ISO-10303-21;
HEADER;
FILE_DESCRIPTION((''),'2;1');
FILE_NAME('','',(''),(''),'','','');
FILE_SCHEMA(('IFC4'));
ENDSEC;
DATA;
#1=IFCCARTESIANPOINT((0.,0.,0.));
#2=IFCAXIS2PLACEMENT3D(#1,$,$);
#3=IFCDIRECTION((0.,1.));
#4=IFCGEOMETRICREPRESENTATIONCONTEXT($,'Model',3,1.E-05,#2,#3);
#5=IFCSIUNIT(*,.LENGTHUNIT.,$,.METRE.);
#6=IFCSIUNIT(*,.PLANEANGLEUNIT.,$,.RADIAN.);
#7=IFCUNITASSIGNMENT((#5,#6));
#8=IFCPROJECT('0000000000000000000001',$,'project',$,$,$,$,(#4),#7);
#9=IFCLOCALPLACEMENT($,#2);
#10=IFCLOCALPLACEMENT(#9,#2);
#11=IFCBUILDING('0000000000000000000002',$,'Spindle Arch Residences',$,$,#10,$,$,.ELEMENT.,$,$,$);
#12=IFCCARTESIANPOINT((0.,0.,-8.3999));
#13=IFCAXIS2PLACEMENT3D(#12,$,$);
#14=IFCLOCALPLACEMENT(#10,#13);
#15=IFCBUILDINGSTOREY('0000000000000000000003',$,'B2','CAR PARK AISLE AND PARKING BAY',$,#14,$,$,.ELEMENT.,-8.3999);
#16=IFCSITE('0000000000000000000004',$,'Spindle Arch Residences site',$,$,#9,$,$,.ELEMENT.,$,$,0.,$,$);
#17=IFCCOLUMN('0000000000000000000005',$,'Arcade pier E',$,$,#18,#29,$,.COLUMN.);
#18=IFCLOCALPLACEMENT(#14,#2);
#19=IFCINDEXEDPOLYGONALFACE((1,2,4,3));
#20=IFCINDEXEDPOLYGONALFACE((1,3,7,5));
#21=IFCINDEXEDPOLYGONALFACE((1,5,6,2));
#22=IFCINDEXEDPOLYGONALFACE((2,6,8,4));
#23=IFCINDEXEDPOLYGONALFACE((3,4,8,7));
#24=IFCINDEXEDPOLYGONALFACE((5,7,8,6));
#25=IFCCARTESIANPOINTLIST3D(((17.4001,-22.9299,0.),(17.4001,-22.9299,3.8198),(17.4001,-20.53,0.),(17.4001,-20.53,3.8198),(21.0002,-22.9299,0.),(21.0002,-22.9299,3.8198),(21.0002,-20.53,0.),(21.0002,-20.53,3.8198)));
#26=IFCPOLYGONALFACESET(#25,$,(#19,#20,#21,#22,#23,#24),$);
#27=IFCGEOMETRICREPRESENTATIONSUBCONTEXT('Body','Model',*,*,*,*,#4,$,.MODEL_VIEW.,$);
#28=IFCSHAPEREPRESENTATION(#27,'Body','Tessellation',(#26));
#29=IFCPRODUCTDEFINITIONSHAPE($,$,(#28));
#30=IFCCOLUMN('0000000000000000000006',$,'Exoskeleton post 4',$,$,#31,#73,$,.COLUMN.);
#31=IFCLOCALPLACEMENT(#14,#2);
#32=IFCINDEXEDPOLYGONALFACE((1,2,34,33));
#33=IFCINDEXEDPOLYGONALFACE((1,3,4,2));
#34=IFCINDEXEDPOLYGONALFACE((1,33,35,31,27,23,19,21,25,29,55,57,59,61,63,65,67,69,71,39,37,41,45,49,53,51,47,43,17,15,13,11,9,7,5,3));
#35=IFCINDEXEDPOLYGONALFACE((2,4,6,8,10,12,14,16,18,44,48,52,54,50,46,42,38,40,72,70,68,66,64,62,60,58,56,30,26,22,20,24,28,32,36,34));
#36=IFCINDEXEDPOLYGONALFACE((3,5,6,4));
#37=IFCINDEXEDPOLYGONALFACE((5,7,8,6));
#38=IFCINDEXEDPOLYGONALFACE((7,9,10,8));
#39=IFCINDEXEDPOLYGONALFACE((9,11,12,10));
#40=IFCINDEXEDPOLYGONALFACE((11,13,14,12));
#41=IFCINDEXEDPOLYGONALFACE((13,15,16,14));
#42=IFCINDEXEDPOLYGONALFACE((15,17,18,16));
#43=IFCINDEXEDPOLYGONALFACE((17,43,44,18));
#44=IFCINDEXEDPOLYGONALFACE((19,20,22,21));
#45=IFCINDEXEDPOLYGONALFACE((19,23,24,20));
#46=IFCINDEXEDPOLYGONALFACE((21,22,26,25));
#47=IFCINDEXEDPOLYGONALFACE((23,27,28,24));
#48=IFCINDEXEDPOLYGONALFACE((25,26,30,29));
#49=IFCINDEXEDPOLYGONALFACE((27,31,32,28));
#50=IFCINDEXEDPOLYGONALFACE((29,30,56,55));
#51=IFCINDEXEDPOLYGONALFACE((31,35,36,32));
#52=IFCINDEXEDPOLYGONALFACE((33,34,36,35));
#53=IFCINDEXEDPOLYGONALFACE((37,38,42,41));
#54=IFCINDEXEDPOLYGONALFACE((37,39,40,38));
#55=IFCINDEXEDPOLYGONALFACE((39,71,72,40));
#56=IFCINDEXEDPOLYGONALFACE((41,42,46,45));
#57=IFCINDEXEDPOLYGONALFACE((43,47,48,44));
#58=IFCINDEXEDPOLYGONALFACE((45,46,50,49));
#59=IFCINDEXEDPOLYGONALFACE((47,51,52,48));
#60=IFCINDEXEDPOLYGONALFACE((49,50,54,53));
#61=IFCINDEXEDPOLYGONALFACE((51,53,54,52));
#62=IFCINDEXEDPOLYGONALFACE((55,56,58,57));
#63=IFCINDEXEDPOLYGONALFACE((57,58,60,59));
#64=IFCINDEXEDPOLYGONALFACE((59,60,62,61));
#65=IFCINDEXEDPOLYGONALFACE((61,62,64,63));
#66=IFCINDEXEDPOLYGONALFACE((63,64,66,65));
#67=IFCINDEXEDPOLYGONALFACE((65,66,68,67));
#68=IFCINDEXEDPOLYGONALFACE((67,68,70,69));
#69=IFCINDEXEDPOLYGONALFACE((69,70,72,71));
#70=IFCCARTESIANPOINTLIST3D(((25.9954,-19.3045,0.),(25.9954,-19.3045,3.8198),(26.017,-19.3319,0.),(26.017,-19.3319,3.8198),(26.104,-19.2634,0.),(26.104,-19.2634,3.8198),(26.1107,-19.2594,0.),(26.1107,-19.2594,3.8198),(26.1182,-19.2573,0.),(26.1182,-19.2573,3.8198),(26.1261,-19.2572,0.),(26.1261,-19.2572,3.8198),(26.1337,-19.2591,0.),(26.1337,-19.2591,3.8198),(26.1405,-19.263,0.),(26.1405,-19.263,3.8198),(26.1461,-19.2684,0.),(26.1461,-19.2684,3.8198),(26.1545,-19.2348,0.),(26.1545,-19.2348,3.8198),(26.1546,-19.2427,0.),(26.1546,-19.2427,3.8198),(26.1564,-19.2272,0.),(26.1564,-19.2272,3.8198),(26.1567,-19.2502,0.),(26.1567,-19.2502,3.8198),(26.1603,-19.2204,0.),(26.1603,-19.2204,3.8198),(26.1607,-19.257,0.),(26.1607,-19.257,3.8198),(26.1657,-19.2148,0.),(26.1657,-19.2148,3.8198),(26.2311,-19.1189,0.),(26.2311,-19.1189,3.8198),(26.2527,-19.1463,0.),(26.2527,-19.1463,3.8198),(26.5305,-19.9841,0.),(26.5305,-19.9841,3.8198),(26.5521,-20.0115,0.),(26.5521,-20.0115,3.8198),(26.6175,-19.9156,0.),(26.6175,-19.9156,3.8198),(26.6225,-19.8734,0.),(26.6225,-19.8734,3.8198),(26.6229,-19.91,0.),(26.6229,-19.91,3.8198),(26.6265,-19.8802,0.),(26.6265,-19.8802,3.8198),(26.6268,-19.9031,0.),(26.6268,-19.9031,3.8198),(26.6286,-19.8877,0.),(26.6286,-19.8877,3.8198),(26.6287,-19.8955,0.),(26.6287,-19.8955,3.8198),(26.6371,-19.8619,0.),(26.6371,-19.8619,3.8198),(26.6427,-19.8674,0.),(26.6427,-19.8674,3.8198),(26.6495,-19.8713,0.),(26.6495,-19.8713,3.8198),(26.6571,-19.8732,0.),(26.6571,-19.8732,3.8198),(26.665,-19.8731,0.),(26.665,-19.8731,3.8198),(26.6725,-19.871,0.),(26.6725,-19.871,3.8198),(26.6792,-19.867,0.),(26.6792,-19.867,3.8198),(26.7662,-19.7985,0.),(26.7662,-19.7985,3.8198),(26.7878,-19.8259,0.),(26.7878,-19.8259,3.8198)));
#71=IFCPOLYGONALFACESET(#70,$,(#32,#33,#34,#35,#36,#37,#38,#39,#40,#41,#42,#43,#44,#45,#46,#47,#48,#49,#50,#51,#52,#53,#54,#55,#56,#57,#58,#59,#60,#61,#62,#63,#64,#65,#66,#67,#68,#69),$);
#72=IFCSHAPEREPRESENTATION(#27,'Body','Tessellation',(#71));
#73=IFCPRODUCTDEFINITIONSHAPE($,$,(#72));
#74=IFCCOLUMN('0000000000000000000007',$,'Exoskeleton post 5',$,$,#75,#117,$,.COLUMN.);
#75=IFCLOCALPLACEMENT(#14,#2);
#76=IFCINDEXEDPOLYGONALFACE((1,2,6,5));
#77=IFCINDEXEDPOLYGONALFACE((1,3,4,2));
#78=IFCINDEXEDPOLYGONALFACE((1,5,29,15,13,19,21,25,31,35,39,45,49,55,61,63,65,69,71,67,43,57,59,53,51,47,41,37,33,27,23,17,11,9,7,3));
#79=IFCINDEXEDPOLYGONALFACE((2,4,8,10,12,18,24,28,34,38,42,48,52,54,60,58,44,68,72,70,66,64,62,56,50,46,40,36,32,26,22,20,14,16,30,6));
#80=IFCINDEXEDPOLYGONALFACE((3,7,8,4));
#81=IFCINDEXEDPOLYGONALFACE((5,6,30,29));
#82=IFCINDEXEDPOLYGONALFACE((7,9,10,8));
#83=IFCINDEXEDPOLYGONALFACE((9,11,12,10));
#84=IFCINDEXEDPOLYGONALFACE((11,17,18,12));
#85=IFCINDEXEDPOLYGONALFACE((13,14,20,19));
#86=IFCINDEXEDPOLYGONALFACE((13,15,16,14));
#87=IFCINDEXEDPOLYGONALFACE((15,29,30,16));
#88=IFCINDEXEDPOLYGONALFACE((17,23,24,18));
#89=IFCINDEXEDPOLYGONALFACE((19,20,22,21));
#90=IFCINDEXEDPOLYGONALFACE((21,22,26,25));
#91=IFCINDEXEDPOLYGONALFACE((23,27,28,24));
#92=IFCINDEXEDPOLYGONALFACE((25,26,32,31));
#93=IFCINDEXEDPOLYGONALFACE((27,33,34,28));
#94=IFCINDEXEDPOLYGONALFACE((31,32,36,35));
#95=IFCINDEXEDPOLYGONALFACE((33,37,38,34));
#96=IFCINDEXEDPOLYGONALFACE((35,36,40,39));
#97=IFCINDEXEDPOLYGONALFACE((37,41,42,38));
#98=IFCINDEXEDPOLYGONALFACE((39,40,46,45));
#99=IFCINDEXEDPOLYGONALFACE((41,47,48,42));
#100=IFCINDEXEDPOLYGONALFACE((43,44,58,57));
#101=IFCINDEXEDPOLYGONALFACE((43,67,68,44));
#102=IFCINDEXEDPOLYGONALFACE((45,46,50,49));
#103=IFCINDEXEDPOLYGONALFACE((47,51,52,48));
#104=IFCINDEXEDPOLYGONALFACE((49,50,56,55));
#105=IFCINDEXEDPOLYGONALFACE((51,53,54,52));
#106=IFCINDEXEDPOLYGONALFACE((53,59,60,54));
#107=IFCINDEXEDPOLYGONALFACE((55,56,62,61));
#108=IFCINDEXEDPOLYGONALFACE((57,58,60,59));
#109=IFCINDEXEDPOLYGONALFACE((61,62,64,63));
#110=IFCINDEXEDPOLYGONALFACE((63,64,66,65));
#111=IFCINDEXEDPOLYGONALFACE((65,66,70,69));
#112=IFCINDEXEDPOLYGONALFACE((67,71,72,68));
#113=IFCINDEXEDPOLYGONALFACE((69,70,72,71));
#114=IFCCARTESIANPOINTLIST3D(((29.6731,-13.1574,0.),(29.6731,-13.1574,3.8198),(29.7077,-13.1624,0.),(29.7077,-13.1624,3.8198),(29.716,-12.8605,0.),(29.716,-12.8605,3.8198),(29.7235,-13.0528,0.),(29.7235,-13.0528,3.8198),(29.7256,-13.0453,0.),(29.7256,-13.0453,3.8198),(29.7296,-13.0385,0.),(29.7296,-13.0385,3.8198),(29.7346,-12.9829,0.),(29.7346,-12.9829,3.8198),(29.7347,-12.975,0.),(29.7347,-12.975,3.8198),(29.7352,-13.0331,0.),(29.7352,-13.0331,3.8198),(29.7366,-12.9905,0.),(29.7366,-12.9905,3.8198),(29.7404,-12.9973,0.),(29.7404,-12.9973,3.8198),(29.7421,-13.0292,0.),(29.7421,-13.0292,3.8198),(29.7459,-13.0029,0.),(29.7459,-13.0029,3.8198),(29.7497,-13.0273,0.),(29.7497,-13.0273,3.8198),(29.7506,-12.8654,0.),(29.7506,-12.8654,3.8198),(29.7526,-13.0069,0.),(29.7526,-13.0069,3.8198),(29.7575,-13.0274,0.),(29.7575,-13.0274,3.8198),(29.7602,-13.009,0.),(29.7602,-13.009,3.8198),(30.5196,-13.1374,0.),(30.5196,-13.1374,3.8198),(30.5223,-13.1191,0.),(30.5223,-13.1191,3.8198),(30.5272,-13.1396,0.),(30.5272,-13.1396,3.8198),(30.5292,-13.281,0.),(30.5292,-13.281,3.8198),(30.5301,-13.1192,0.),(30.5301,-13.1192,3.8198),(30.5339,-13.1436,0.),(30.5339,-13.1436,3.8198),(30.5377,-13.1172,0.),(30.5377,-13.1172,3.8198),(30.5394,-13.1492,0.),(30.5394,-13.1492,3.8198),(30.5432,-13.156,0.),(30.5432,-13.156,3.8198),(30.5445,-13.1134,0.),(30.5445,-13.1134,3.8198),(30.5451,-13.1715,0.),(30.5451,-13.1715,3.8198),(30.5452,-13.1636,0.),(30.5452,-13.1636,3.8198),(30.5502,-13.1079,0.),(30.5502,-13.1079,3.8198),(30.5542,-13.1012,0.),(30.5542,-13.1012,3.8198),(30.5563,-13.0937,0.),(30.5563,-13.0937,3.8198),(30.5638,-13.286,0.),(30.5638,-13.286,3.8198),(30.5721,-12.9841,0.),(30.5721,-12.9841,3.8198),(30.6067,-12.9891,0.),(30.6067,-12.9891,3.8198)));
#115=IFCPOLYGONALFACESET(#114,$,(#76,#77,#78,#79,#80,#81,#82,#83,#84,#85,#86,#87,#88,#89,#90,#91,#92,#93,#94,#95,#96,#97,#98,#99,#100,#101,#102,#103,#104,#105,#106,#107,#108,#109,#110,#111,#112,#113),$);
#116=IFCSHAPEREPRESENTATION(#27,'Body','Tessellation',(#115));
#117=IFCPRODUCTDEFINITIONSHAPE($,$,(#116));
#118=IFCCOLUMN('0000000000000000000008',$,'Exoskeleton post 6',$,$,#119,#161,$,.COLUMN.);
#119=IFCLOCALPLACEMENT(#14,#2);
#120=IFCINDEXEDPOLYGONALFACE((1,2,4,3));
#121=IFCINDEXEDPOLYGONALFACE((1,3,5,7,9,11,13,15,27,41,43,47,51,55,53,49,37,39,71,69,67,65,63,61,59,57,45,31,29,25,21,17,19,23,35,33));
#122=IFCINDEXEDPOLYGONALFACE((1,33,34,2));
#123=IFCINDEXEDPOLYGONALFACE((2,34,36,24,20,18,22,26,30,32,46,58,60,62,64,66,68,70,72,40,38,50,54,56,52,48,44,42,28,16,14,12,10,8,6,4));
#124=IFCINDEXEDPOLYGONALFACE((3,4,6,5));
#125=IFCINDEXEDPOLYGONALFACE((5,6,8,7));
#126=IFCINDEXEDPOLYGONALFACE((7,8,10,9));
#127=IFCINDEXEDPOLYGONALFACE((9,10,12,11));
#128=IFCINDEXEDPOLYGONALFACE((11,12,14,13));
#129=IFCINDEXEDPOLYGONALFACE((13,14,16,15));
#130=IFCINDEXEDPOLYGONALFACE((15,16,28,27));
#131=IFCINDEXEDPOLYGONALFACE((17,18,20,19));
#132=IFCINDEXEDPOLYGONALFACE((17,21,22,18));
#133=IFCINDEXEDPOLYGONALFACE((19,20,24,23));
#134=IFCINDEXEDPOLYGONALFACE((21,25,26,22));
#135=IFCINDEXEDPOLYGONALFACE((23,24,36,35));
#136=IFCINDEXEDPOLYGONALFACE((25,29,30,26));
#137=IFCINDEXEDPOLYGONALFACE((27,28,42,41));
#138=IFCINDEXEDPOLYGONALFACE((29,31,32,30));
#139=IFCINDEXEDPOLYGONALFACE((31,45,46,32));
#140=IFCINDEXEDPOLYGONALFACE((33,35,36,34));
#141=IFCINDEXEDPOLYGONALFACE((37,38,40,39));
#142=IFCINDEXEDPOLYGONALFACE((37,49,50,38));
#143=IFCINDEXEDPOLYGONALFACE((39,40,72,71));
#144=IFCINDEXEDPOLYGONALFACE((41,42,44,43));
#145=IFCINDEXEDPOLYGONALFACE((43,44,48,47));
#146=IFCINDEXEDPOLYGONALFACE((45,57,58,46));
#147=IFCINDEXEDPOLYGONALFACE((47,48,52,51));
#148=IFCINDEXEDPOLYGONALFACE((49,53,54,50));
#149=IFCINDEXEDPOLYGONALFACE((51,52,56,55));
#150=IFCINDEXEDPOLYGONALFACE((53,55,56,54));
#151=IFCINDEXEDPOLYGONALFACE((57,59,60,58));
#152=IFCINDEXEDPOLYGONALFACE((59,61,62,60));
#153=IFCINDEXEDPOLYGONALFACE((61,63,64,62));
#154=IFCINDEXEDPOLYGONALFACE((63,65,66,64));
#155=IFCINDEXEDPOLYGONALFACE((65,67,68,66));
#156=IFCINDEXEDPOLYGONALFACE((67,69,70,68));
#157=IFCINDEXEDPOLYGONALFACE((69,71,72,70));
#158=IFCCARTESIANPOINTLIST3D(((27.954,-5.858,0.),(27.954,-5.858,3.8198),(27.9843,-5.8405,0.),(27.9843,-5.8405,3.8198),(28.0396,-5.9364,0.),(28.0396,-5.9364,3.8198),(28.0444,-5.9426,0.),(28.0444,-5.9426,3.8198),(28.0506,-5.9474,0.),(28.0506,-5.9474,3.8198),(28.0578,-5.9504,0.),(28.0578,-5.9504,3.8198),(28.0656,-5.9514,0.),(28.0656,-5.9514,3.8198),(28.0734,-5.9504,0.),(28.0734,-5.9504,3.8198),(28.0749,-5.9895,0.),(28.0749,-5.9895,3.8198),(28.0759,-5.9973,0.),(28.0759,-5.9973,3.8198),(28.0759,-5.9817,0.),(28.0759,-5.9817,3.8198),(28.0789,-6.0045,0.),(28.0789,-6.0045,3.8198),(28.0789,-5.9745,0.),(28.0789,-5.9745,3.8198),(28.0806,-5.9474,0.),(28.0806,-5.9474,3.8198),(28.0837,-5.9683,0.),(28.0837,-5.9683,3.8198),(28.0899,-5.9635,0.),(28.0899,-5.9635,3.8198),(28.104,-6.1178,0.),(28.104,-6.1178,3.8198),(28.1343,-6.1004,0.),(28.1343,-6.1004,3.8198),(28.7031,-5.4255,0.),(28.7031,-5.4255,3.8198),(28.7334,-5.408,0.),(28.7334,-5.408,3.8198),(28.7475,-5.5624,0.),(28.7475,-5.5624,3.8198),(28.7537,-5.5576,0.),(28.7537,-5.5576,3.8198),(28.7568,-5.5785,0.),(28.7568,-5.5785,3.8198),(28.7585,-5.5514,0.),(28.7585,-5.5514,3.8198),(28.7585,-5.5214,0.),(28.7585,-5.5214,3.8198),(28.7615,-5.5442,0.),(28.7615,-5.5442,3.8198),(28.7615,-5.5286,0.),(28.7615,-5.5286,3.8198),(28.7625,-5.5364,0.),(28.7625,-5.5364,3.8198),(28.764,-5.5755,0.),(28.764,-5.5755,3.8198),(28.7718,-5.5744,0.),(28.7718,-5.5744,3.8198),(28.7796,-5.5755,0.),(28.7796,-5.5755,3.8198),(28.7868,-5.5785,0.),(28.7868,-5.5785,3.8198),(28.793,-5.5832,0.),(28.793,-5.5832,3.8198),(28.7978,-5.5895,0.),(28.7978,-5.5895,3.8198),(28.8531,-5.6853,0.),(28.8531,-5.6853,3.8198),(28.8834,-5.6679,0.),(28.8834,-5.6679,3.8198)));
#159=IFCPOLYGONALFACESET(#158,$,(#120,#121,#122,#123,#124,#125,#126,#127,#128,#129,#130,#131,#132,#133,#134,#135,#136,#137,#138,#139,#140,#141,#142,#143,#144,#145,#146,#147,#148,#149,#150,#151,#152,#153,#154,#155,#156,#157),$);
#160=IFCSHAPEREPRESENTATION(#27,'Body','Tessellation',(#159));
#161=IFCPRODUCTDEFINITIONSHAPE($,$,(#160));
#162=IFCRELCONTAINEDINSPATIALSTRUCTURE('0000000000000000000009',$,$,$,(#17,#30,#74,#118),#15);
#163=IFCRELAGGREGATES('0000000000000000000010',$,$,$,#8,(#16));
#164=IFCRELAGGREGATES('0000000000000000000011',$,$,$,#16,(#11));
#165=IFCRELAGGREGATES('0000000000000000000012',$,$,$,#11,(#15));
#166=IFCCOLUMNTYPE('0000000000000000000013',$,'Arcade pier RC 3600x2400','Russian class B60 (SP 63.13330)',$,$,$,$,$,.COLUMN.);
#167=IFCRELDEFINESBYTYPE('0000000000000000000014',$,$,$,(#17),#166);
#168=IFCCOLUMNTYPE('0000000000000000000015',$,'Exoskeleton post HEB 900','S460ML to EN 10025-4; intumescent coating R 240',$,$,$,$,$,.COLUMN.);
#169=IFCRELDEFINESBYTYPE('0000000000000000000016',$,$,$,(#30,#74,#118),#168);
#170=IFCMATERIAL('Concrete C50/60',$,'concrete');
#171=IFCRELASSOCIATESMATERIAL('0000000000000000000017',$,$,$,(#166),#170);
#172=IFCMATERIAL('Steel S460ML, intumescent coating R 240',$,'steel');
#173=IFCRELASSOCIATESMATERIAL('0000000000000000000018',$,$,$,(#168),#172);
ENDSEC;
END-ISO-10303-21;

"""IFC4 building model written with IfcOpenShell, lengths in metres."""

from ifc_helpers import new_model, si_unit, direction, frame, origin, origin_2d, place, context, subcontext, project, spatial, rectangle, i_section, extrude, material, material_profile, profile_set, type_object, element, save


model = new_model("IFC4")

# Units and contexts
model_context = context("Model", 3, precision=1e-05, world=origin(), true_north=direction((0.0, 1.0)))
body_context = subcontext(model_context, "Body", "Model", "MODEL_VIEW")
ifc_project = project(units=[si_unit("LENGTHUNIT", "METRE"), si_unit("PLANEANGLEUNIT", "RADIAN")], contexts=[model_context])

# Site, building, storey
site_placement = place(None, origin())
site = spatial("IfcSite", under=ifc_project, at=site_placement, Name="Spindle Arch Residences site", CompositionType="ELEMENT", RefElevation=0.0)
building_placement = place(site_placement, origin())
building = spatial("IfcBuilding", under=site, at=building_placement, Name="Spindle Arch Residences", CompositionType="ELEMENT")
storey_placement = place(building_placement, frame((0.0, 0.0, -8.3999)))
storey = spatial("IfcBuildingStorey", under=building, at=storey_placement, Name="B2", Description="CAR PARK AISLE AND PARKING BAY", CompositionType="ELEMENT", Elevation=-8.3999)

# Columns
ifc_material_1 = material(Name="Concrete C50/60", Category="concrete")
ifc_material_profile_1 = material_profile(ifc_material_1, rectangle(XDim=3.6001, YDim=2.3999, at=origin_2d()), Name="RC 3600x2400")
ifc_profile_set_1 = profile_set([ifc_material_profile_1], Name="Concrete C50/60")
column_type_1 = type_object("IfcColumnType", Name="Arcade pier RC 3600x2400", Description="Russian class B60 (SP 63.13330)", PredefinedType="COLUMN", material=ifc_profile_set_1)
column_1_placement = place(storey_placement, frame((19.2002, -21.73, 0.0), z_axis=(0.0, 0.0, 1.0), x_axis=(1.0, 0.0, 0.0)))
element("IfcColumn", 1, at=column_1_placement, inside=storey, type_object=column_type_1, Name="Arcade pier E", PredefinedType="COLUMN", context=body_context, shape_type="SweptSolid", body=[
    extrude(rectangle(XDim=3.6001, YDim=2.3999, at=origin_2d()), origin(), (0.0, 0.0, 1.0), 3.8198),
])
ifc_material_2 = material(Name="Steel S460ML, intumescent coating R 240", Category="steel")
ifc_material_profile_2 = material_profile(ifc_material_2, i_section(OverallWidth=0.3, OverallDepth=0.8999, WebThickness=0.0186, FlangeThickness=0.0349, FilletRadius=0.03, at=origin_2d()), Name="HEB 900")
ifc_profile_set_2 = profile_set([ifc_material_profile_2], Name="Steel S460ML, intumescent coating R 240")
column_type_2 = type_object("IfcColumnType", Name="Exoskeleton post HEB 900", Description="S460ML to EN 10025-4; intumescent coating R 240", PredefinedType="COLUMN", material=ifc_profile_set_2)
for number, where, z_axis, x_axis, name in (
    (2, (26.3916, -19.5652, 0.0), (0.0, 0.0, 1.0), (-0.785684, -0.618629, 0.0), "Exoskeleton post 4"),
    (3, (30.1399, -13.0732, 0.0), (0.0, 0.0, 1.0), (-0.142906, -0.989736, 0.0), "Exoskeleton post 5"),
    (4, (28.4187, -5.7629, 0.0), (0.0, 0.0, 1.0), (0.5, -0.866025, 0.0), "Exoskeleton post 6"),
):
    element("IfcColumn", number, at=place(storey_placement, frame(where, z_axis=z_axis, x_axis=x_axis)), inside=storey, type_object=column_type_2, Name=name, PredefinedType="COLUMN", context=body_context, shape_type="SweptSolid", body=[
        extrude(i_section(OverallWidth=0.3, OverallDepth=0.8999, WebThickness=0.0186, FlangeThickness=0.0349, FilletRadius=0.03, at=origin_2d()), origin(), (0.0, 0.0, 1.0), 3.8198),
    ])

save(model, "model.ifc")
